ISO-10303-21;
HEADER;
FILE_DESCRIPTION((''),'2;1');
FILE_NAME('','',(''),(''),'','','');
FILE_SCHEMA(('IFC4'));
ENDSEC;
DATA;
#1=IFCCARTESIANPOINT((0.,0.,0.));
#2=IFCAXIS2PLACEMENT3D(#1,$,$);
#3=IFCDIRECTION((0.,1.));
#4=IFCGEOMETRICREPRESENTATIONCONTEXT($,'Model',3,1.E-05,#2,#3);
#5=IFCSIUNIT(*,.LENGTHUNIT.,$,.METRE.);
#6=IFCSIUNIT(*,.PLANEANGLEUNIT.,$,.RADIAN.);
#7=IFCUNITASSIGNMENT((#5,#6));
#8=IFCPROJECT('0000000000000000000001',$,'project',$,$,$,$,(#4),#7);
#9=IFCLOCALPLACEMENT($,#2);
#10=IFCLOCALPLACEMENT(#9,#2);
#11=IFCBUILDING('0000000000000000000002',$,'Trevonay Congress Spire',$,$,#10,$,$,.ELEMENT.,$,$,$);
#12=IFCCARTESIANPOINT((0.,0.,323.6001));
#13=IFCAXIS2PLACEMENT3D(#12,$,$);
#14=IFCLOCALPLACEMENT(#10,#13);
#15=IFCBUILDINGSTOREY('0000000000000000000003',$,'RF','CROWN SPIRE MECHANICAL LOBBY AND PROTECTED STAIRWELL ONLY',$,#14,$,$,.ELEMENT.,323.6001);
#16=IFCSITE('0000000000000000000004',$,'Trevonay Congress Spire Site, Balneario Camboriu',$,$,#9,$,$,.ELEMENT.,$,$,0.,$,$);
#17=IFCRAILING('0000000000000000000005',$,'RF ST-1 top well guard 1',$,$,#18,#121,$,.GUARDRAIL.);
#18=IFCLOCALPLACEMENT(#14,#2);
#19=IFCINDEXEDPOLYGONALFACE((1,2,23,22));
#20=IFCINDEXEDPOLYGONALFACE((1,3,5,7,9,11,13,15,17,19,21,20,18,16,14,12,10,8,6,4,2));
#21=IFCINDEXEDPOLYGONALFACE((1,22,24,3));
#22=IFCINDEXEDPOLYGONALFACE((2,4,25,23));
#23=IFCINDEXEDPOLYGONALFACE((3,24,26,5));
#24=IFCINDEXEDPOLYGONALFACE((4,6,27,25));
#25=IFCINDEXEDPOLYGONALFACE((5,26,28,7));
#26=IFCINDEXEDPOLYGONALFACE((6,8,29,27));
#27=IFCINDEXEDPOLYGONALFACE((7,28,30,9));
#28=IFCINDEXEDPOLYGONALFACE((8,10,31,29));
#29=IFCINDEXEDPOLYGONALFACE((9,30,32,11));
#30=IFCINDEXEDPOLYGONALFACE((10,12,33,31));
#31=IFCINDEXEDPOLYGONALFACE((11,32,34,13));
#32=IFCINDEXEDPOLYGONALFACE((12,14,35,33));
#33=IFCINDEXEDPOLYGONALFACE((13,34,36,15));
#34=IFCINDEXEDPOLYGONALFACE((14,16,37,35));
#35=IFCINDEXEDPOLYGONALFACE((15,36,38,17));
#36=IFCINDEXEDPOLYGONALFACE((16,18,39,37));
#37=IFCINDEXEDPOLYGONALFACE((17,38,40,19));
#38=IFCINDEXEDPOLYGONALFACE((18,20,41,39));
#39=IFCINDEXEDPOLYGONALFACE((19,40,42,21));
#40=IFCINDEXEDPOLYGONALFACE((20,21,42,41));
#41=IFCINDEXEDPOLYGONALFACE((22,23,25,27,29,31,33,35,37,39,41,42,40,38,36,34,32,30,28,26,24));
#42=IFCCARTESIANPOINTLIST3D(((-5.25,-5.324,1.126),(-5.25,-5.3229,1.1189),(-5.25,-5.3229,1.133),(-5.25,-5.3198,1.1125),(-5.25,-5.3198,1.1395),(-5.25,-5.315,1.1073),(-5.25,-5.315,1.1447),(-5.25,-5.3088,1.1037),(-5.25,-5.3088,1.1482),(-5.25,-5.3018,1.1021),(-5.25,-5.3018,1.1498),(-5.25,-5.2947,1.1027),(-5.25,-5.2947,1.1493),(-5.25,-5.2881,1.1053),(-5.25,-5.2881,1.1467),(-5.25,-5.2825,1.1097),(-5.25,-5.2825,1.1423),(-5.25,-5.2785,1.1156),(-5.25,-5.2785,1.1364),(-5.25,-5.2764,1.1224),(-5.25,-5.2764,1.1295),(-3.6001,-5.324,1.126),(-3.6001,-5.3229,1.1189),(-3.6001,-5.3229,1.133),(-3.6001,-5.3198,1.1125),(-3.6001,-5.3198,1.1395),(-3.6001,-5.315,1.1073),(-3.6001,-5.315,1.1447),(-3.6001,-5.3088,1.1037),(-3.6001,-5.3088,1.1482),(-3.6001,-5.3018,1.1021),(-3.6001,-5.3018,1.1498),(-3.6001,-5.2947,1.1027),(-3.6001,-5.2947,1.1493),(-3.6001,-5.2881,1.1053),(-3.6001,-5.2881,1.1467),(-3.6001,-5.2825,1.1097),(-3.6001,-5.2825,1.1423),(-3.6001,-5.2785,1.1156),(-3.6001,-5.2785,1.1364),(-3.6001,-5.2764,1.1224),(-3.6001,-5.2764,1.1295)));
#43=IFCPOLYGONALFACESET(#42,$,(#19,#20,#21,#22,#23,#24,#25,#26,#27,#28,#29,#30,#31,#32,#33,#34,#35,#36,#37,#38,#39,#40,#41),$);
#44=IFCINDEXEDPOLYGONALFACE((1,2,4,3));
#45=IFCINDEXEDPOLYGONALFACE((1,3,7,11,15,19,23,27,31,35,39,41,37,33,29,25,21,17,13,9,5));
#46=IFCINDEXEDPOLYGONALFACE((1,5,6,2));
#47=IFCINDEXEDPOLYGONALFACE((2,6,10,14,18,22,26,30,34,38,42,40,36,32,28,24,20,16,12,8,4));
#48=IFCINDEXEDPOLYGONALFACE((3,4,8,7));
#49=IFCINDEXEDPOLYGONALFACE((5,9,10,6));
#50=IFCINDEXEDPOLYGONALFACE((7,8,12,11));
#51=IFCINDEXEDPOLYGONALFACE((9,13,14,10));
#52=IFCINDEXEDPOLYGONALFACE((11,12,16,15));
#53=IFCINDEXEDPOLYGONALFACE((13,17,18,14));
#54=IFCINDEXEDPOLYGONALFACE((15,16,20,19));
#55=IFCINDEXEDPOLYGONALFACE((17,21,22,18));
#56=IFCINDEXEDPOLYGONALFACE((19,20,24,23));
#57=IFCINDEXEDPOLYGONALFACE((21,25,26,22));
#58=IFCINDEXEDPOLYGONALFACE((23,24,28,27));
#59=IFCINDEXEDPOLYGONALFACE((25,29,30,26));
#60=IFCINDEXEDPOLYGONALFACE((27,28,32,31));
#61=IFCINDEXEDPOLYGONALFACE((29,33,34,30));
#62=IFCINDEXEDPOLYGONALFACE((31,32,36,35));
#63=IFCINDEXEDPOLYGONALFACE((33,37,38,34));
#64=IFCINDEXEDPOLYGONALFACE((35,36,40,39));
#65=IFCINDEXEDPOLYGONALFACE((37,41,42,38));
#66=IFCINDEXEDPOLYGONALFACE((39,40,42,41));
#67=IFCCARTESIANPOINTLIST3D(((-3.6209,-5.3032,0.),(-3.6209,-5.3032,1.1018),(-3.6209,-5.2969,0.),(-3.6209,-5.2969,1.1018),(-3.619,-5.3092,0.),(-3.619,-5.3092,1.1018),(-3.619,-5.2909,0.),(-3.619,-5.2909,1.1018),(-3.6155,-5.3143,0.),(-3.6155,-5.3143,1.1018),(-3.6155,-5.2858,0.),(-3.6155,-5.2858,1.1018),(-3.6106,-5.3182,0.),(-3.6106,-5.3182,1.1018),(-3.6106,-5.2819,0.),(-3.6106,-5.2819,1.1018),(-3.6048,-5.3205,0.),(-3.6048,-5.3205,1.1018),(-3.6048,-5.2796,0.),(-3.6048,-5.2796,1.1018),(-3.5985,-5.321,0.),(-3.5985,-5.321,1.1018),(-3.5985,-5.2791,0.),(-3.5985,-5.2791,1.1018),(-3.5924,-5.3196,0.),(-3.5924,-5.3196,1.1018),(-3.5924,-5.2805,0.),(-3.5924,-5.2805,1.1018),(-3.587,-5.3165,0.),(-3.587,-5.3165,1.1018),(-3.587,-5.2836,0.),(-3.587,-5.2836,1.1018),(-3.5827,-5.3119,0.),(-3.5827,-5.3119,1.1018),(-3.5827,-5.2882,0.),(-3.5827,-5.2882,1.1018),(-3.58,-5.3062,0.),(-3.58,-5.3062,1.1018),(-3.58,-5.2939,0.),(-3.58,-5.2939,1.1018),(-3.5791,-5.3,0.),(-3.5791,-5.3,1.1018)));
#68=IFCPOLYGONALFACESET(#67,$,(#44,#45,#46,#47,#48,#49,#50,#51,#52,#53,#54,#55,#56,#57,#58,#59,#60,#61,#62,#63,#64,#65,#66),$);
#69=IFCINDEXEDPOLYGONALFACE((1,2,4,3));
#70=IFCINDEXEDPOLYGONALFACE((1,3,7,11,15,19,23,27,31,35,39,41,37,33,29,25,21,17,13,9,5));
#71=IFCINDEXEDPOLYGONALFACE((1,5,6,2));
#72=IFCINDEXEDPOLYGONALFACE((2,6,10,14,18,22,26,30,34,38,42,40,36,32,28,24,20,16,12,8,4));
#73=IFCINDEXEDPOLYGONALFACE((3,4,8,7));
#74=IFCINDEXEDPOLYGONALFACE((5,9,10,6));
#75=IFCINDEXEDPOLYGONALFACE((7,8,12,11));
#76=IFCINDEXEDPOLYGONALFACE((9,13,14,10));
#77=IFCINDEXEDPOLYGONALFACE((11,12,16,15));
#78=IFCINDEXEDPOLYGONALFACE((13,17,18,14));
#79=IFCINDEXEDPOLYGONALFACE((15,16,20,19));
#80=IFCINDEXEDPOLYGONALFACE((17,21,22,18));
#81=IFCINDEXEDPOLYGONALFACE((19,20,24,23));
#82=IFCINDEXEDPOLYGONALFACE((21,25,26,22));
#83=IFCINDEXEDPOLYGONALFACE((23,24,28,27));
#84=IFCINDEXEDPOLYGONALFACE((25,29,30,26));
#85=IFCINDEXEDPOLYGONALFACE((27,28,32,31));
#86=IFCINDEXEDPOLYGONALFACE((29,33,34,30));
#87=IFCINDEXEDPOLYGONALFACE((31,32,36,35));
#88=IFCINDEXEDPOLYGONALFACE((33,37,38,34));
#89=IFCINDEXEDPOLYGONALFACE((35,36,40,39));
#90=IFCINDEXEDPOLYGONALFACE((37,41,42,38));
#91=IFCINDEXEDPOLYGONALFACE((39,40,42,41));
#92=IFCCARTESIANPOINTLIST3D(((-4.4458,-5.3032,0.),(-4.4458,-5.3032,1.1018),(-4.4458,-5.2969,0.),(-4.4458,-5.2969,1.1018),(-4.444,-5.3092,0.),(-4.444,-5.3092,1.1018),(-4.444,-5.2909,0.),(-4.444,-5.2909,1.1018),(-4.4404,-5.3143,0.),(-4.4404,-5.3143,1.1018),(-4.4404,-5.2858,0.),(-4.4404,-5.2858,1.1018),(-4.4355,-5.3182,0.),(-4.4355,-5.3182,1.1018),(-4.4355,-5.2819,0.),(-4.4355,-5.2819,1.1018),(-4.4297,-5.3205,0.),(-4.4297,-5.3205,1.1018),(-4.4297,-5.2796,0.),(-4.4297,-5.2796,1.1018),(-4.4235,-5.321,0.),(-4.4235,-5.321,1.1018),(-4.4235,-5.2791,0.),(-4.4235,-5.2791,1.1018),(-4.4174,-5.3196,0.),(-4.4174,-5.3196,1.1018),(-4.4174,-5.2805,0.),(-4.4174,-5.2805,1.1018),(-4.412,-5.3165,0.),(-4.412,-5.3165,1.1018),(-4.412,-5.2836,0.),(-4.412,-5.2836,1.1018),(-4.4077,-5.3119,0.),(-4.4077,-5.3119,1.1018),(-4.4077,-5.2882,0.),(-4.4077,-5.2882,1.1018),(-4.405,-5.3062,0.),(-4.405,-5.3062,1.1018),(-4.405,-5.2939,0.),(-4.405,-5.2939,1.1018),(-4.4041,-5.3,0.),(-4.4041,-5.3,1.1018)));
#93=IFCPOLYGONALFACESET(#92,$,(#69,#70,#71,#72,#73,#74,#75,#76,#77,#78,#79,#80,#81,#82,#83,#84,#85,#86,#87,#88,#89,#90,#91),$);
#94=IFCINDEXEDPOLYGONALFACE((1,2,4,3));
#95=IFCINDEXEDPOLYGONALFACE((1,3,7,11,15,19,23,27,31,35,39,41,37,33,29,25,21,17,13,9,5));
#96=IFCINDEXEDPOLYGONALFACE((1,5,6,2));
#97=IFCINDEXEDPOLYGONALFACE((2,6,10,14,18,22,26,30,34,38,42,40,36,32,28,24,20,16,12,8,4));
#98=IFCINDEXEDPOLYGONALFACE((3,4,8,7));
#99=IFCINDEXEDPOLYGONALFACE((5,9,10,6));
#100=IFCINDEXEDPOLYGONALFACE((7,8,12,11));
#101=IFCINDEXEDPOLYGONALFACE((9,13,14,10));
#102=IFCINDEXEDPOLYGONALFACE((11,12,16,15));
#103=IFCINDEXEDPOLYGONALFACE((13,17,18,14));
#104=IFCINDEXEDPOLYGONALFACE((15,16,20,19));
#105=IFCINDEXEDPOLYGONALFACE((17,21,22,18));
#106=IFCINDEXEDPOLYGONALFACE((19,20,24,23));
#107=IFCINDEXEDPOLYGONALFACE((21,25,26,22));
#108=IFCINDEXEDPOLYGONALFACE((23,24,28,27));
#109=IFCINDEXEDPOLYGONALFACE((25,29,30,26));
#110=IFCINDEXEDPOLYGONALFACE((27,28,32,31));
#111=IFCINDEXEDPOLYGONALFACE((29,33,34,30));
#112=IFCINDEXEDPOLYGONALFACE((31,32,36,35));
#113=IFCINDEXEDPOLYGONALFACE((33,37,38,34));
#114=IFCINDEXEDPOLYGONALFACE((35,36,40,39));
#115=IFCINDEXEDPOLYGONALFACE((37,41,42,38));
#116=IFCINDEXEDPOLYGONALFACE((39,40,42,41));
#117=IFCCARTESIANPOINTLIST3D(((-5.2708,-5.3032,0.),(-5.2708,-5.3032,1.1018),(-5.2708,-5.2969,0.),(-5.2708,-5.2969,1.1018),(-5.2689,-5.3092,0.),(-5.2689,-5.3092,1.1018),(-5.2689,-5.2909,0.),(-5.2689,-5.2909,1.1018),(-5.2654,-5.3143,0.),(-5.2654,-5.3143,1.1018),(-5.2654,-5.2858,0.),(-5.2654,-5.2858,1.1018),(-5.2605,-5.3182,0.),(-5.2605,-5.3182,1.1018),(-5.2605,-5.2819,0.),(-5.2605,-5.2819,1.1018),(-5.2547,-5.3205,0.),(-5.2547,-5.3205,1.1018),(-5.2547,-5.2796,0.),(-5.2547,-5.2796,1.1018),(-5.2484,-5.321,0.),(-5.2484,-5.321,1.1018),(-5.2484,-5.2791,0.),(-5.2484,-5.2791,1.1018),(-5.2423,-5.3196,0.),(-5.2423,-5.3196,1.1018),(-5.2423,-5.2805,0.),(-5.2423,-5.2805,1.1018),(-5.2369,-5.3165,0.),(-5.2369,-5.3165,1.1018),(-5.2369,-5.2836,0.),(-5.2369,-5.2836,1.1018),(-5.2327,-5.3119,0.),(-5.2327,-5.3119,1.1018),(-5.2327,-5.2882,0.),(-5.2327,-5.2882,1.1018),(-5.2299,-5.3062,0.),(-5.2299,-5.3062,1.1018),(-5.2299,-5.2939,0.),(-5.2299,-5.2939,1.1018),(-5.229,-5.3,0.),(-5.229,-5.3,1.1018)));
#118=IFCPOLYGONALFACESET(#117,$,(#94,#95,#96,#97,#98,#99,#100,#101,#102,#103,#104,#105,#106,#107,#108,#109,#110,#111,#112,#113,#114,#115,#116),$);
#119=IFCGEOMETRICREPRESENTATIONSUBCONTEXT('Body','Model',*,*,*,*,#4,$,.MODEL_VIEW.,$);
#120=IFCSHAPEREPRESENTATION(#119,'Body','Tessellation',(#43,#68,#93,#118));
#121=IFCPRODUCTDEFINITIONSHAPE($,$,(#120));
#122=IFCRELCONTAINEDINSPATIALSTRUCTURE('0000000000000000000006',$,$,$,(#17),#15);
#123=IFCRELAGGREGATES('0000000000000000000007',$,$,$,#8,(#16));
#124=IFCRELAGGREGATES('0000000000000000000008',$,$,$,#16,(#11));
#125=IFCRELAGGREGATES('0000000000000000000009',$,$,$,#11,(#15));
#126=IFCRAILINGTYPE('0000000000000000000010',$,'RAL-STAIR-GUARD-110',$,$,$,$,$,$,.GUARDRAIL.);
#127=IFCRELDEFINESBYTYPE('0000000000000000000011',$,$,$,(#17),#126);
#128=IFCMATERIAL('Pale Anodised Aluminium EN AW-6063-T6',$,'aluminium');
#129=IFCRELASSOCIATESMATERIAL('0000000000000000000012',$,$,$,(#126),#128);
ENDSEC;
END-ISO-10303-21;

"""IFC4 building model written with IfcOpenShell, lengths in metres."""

from ifc_helpers import new_model, si_unit, direction, frame, origin, origin_2d, place, context, subcontext, project, spatial, circle, extrude, material, type_object, element, save


model = new_model("IFC4")

# Units and contexts
model_context = context("Model", 3, precision=1e-05, world=origin(), true_north=direction((0.0, 1.0)))
body_context = subcontext(model_context, "Body", "Model", "MODEL_VIEW")
ifc_project = project(units=[si_unit("LENGTHUNIT", "METRE"), si_unit("PLANEANGLEUNIT", "RADIAN")], contexts=[model_context])

# Site, building, storey
site_placement = place(None, origin())
site = spatial("IfcSite", under=ifc_project, at=site_placement, Name="Trevonay Congress Spire Site, Balneario Camboriu", CompositionType="ELEMENT", RefElevation=0.0)
building_placement = place(site_placement, origin())
building = spatial("IfcBuilding", under=site, at=building_placement, Name="Trevonay Congress Spire", CompositionType="ELEMENT")
storey_placement = place(building_placement, frame((0.0, 0.0, 323.6001)))
storey = spatial("IfcBuildingStorey", under=building, at=storey_placement, Name="RF", Description="CROWN SPIRE MECHANICAL LOBBY AND PROTECTED STAIRWELL ONLY", CompositionType="ELEMENT", Elevation=323.6001)

# Railing
ifc_material_1 = material(Name="Pale Anodised Aluminium EN AW-6063-T6", Category="aluminium")
railing_type = type_object("IfcRailingType", Name="RAL-STAIR-GUARD-110", PredefinedType="GUARDRAIL", material=ifc_material_1)
railing_placement = place(storey_placement, frame((-3.6001, -5.3, 0.0)))
element("IfcRailing", 1, at=railing_placement, inside=storey, type_object=railing_type, Name="RF ST-1 top well guard 1", PredefinedType="GUARDRAIL", context=body_context, shape_type="SweptSolid", body=[
    extrude(circle(Radius=0.0239, at=origin_2d()), frame((0.0, 0.0, 1.126), z_axis=(-1.0, 0.0, 0.0), x_axis=(0.0, -1.0, 0.0)), (0.0, 0.0, 1.0), 1.6499),
    extrude(circle(Radius=0.021, at=origin_2d()), origin(), (0.0, 0.0, 1.0), 1.1018),
    extrude(circle(Radius=0.021, at=origin_2d()), frame((-0.825, 0.0, 0.0)), (0.0, 0.0, 1.0), 1.1018),
    extrude(circle(Radius=0.021, at=origin_2d()), frame((-1.6499, 0.0, 0.0)), (0.0, 0.0, 1.0), 1.1018),
])

save(model, "model.ifc")
